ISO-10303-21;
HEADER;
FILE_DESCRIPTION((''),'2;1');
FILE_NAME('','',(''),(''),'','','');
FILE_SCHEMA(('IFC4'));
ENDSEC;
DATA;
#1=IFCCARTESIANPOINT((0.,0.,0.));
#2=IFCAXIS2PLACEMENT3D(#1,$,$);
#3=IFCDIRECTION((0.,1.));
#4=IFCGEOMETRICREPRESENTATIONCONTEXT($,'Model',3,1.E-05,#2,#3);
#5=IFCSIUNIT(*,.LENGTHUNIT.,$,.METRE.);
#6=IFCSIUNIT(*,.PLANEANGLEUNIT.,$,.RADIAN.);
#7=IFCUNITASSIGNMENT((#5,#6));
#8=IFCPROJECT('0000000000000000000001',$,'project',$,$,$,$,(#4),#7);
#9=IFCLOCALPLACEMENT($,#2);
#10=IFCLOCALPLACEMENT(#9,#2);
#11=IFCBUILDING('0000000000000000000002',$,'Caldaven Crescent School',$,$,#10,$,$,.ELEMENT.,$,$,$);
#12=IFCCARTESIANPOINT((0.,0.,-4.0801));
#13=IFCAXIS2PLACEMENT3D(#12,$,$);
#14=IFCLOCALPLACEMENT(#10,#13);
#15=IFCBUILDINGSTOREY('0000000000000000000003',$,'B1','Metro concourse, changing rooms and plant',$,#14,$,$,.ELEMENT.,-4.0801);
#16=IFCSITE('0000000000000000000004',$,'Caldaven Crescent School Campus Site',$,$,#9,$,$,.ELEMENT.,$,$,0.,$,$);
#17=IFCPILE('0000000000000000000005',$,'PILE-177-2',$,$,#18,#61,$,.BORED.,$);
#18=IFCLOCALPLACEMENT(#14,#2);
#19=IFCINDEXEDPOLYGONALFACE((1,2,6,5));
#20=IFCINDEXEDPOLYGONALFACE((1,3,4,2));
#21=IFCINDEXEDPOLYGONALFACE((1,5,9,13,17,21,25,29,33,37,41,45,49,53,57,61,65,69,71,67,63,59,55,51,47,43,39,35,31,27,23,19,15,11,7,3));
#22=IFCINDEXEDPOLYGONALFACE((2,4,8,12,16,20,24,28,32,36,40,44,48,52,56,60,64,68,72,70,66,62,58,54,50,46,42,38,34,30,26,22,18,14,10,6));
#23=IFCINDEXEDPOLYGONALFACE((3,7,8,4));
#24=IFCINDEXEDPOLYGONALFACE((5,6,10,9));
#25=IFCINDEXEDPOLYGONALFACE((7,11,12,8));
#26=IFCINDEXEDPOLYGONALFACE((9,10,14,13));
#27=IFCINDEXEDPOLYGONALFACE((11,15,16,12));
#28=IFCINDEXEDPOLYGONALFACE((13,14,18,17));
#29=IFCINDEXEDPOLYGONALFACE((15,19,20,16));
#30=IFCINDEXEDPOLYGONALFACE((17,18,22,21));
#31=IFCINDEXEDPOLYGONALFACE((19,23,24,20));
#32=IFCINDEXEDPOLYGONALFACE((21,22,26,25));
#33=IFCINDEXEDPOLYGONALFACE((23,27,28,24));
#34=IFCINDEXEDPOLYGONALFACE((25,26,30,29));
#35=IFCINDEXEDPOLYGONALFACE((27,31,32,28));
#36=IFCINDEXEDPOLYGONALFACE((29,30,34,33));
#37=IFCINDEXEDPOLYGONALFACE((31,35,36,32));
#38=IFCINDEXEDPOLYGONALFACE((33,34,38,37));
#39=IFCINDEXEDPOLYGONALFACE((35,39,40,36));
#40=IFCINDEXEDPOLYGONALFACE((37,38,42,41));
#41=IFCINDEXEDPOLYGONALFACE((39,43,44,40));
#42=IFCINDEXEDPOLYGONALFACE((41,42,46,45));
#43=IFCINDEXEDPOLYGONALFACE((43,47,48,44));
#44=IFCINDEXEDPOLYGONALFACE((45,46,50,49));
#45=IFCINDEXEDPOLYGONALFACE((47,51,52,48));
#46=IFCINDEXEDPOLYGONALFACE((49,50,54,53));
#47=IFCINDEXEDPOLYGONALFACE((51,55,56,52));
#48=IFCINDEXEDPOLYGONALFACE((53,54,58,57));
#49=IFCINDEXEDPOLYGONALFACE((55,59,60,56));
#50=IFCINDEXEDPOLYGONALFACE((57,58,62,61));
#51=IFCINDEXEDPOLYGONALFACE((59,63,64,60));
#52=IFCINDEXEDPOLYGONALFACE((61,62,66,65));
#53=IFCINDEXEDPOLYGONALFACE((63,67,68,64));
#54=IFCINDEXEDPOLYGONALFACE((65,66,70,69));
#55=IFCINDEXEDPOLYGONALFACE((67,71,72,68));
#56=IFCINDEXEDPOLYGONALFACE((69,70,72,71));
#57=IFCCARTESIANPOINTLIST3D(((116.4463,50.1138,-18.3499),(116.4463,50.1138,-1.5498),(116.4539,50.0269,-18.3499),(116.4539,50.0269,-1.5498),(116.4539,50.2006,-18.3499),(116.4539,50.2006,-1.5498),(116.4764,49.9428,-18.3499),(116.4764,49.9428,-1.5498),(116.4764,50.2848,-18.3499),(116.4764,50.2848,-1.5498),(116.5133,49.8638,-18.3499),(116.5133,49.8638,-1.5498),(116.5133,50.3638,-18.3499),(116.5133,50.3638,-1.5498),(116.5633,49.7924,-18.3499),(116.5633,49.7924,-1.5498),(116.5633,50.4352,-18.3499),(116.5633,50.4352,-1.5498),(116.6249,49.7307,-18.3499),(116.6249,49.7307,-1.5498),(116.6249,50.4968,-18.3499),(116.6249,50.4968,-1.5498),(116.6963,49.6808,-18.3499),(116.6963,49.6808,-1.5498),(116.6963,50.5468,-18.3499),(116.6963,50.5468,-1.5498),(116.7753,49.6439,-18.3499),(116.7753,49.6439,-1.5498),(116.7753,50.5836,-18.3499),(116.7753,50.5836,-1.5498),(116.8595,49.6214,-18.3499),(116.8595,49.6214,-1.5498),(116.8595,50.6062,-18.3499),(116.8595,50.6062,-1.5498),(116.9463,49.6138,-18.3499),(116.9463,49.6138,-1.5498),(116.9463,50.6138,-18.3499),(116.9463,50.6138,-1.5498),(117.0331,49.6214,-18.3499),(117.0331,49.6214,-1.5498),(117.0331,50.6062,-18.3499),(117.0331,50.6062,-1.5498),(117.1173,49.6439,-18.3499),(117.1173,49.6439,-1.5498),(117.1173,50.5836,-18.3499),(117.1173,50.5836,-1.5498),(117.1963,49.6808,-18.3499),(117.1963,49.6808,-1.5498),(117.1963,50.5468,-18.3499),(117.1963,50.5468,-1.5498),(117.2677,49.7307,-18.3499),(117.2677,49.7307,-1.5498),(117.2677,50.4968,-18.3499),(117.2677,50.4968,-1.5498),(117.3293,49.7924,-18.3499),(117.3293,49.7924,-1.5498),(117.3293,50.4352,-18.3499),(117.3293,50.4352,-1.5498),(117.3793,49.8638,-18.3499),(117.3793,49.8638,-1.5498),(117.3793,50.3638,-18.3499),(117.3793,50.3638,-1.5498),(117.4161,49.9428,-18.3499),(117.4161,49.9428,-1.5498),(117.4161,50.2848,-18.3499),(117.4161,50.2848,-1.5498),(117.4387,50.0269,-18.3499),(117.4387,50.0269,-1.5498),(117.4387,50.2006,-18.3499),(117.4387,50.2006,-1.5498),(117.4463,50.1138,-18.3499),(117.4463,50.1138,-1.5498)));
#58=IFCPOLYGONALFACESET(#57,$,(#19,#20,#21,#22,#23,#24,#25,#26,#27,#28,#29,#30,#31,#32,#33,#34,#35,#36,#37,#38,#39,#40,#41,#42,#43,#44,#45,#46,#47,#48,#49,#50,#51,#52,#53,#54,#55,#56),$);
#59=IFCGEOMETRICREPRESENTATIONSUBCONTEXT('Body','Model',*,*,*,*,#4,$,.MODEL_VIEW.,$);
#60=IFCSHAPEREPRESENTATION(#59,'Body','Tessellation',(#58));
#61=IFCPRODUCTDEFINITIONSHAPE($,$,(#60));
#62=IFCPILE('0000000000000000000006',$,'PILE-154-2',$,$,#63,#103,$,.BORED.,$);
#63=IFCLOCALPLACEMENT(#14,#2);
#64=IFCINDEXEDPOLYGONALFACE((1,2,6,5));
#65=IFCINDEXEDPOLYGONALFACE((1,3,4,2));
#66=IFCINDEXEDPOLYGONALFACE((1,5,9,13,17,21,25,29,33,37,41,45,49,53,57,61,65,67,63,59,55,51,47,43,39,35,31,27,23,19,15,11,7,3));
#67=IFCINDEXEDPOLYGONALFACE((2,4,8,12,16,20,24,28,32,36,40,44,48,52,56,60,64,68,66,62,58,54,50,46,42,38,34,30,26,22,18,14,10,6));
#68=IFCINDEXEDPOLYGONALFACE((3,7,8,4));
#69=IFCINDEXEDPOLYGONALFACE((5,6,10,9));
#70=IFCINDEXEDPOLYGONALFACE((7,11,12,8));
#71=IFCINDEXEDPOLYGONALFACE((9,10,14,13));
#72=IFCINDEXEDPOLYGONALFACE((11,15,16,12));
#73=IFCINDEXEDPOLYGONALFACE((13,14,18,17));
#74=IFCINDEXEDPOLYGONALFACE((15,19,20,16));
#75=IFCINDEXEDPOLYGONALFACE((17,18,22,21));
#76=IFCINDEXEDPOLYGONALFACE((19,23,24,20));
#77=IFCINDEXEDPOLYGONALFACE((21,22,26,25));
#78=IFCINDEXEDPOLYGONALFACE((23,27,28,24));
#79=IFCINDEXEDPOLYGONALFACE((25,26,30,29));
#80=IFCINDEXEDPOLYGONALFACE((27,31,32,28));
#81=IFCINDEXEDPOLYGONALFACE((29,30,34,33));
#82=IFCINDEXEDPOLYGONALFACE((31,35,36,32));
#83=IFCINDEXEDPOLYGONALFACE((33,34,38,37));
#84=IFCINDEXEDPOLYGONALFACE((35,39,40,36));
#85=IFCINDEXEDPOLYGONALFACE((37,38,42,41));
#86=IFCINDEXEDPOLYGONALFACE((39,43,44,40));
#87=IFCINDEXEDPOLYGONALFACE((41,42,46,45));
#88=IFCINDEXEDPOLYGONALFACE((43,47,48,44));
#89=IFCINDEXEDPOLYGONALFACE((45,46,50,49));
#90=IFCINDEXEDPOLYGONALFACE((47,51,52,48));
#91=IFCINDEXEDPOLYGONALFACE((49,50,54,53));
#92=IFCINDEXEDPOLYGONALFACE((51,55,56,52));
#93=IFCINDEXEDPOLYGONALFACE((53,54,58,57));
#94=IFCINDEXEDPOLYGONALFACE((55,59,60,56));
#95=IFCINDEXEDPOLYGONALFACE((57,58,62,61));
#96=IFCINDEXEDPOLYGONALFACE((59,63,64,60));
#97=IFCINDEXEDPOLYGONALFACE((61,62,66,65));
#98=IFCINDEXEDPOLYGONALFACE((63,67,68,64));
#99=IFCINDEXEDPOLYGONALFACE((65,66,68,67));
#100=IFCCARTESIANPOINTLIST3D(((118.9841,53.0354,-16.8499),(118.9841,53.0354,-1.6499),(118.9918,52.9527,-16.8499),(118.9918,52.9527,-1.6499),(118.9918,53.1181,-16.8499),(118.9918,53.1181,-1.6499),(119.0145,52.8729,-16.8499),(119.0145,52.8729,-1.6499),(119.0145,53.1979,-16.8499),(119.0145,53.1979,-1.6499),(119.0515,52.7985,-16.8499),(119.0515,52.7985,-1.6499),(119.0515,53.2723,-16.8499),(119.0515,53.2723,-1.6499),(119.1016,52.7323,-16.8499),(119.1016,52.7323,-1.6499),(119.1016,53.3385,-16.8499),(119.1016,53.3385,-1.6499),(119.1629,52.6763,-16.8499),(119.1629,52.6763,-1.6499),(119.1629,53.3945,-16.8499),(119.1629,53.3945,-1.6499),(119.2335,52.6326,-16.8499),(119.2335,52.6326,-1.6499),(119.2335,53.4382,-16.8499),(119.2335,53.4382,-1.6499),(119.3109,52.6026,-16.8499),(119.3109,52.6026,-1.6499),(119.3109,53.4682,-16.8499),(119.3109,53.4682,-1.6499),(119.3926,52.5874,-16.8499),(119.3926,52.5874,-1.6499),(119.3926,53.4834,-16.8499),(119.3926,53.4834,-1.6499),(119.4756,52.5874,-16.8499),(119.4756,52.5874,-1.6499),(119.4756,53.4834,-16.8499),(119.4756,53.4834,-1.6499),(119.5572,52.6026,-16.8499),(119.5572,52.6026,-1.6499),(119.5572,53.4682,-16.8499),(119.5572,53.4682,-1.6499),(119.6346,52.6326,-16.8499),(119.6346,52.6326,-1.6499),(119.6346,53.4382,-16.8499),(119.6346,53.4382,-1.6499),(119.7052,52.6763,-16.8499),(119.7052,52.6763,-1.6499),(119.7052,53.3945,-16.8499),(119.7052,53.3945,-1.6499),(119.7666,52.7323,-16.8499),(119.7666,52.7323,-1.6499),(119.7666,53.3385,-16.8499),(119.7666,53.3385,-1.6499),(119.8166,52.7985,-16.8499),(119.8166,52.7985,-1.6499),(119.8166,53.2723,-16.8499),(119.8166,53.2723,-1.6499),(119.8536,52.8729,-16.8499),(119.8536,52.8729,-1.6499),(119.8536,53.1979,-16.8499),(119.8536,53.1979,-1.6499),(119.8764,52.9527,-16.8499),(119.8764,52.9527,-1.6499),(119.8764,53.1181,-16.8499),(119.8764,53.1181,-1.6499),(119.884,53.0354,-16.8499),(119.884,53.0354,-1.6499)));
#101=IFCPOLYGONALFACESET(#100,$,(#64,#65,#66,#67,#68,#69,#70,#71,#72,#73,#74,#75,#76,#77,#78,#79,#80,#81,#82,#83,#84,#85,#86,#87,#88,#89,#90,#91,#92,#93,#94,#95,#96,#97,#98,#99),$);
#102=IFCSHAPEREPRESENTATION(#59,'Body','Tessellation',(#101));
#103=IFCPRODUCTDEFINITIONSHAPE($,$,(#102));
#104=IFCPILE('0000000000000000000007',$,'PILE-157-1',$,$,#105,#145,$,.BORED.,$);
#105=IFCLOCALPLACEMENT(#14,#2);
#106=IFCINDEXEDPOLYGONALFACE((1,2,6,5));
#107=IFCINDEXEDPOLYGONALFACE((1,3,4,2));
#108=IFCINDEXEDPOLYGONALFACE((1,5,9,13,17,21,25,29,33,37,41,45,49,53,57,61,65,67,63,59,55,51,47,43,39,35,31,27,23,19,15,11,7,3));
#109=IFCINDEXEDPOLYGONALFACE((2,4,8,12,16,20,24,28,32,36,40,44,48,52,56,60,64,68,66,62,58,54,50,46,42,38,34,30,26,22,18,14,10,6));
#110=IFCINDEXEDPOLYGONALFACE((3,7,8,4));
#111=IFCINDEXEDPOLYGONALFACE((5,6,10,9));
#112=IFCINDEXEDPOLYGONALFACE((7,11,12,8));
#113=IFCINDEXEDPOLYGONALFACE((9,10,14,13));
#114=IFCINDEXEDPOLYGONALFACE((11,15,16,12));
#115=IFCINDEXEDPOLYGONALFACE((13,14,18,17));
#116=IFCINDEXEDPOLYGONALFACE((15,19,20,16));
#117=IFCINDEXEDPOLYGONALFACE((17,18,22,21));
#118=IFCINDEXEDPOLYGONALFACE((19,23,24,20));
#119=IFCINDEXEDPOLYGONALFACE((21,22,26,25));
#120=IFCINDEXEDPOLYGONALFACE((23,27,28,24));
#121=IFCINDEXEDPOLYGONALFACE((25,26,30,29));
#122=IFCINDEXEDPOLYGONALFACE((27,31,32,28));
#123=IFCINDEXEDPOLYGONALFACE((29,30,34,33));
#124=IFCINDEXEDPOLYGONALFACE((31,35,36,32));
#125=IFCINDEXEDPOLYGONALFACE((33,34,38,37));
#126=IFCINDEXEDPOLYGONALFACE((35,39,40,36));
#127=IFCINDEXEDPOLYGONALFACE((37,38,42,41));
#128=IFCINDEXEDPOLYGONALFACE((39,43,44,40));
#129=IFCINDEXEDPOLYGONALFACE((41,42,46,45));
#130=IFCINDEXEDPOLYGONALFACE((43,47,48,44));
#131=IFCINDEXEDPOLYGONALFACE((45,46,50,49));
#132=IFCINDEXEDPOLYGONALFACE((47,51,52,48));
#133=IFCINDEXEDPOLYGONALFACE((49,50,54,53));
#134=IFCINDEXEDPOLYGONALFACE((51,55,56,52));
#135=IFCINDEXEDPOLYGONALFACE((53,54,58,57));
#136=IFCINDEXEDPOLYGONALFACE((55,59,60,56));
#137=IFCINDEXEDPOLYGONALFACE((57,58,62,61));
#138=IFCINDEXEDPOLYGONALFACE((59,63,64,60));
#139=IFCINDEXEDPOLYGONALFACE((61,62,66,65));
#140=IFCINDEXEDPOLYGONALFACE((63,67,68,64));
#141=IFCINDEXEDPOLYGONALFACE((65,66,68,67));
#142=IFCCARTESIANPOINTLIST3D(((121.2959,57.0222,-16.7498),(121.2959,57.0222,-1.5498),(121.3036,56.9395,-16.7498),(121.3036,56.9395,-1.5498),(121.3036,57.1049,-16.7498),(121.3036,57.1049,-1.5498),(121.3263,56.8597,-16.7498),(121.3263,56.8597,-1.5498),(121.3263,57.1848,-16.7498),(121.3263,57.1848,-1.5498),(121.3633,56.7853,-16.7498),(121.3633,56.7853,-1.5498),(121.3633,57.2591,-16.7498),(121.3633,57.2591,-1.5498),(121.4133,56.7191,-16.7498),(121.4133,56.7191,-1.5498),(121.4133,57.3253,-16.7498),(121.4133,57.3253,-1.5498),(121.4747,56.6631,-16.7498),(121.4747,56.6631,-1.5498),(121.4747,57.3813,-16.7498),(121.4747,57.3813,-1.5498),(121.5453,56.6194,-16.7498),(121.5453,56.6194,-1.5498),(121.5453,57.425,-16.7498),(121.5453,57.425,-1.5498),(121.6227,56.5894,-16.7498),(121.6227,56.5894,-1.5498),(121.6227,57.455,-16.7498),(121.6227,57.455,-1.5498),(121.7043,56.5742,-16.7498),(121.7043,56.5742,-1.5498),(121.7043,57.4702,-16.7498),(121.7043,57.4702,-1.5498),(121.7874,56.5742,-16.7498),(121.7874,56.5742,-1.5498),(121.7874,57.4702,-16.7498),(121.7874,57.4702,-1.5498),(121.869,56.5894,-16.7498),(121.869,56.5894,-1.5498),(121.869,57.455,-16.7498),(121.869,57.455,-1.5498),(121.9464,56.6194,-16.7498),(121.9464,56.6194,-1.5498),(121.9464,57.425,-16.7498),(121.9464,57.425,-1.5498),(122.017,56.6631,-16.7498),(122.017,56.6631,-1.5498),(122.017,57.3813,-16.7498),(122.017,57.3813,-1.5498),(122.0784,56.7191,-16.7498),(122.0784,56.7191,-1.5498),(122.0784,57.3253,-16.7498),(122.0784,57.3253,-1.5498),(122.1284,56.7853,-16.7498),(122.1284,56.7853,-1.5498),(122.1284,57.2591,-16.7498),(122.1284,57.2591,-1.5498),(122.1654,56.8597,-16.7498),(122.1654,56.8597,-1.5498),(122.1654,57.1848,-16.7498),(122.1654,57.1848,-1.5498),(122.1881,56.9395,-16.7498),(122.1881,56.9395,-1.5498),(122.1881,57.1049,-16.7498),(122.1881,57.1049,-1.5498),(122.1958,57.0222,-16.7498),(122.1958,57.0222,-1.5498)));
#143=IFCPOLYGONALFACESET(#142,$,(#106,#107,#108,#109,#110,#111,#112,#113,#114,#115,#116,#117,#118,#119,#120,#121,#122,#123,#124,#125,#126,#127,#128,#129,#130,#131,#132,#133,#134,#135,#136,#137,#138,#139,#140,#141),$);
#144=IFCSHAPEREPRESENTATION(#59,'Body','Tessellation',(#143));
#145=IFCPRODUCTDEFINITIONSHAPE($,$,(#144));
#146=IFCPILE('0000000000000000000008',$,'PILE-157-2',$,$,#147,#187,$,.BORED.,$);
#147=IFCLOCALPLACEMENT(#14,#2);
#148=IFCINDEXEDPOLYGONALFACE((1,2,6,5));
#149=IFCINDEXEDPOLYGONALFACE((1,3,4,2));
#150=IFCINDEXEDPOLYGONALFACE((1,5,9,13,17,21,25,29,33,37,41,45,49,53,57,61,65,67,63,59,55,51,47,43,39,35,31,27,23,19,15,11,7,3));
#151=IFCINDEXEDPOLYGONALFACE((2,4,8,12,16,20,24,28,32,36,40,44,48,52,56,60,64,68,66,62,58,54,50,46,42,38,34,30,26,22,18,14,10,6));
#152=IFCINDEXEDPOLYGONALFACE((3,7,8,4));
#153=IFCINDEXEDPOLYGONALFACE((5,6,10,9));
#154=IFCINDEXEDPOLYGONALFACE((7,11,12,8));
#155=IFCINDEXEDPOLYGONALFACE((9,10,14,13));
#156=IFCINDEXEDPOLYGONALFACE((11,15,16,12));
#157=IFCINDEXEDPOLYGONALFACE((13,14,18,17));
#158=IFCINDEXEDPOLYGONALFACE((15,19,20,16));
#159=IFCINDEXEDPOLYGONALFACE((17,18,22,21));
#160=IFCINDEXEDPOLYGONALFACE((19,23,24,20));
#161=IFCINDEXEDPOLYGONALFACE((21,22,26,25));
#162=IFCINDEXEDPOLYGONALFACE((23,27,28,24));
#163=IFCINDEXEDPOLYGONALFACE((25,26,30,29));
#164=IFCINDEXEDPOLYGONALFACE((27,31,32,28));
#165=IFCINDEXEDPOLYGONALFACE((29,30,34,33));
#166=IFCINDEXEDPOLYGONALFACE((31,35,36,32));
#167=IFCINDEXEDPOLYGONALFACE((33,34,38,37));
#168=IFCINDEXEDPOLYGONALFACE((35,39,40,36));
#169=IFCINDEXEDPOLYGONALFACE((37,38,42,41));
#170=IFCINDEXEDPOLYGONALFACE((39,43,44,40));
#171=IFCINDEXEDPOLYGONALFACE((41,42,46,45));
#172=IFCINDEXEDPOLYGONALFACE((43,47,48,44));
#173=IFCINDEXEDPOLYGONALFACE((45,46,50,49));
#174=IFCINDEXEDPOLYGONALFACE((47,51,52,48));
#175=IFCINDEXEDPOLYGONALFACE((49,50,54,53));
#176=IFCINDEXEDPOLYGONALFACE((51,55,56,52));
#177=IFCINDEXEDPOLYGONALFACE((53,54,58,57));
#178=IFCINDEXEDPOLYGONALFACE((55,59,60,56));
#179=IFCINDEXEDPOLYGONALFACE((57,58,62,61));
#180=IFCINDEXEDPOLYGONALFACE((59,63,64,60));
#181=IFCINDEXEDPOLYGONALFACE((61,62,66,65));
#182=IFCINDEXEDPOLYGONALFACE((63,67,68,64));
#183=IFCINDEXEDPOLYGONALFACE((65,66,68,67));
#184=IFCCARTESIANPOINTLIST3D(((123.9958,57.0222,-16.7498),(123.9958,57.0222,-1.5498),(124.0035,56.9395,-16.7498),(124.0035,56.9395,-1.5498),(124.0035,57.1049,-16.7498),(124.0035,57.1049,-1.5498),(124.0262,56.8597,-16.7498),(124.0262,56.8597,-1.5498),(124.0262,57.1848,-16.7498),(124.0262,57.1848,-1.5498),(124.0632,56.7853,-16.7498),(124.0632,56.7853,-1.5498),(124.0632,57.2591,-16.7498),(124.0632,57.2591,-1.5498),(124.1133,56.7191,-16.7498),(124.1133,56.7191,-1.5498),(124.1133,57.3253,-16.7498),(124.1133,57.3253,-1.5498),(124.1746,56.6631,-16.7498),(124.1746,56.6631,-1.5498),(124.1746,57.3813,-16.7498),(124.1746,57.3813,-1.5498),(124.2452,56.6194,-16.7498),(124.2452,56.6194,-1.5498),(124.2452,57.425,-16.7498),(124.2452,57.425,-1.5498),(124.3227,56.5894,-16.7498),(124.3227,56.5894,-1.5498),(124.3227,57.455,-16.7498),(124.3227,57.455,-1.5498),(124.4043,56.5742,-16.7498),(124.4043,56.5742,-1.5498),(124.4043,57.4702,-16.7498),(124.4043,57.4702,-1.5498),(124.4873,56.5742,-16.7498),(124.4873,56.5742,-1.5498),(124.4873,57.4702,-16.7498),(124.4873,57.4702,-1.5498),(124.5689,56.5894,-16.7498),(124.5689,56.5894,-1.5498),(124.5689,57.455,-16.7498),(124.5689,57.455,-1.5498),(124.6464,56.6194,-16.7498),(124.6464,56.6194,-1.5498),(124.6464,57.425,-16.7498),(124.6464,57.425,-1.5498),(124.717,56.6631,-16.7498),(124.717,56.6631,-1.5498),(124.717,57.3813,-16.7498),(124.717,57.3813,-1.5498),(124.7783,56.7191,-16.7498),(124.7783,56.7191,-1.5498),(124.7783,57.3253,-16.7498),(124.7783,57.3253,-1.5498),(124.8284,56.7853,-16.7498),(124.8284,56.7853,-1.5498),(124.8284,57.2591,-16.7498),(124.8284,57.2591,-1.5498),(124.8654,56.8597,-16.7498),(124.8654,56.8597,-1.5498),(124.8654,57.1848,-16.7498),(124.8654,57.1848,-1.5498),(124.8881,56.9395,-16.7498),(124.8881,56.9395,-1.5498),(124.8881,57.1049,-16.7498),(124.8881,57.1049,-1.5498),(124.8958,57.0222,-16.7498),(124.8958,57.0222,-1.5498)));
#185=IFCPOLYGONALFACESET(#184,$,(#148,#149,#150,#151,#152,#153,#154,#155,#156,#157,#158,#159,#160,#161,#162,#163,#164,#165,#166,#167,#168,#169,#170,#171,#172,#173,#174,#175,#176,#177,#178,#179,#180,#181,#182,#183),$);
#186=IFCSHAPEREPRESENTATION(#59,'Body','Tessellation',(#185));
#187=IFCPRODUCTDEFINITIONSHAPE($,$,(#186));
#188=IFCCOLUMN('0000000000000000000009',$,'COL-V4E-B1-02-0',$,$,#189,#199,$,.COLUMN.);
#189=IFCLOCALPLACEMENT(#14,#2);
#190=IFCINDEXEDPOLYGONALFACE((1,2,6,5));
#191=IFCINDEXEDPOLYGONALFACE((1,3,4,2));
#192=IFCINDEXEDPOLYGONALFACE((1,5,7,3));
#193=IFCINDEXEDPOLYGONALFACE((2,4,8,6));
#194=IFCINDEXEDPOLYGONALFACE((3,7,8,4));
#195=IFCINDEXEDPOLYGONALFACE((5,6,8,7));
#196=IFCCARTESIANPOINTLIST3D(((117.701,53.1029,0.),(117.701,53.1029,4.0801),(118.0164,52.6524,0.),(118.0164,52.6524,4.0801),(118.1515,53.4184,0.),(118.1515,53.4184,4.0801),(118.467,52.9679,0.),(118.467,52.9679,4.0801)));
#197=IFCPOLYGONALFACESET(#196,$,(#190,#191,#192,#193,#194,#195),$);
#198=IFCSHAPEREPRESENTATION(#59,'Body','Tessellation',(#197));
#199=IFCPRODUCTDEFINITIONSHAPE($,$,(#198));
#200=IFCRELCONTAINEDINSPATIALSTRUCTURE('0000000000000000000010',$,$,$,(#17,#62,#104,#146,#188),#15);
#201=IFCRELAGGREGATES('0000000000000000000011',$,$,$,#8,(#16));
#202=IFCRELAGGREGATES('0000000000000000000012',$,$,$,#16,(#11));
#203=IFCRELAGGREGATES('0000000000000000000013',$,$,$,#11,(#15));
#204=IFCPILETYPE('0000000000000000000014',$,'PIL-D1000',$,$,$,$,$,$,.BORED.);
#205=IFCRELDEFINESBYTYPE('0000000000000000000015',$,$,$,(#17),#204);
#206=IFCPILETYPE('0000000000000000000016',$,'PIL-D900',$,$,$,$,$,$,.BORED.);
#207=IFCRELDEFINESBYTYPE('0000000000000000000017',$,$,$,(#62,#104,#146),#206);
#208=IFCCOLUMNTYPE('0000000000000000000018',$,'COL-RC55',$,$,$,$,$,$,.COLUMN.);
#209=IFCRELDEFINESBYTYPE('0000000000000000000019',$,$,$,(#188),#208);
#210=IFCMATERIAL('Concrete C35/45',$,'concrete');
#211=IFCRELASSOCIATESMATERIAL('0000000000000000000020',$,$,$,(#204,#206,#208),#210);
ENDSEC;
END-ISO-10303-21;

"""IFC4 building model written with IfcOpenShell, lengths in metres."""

from ifc_helpers import new_model, si_unit, direction, frame, origin, origin_2d, place, context, subcontext, project, spatial, rectangle, circle, extrude, material, material_profile, profile_set, type_object, element, save


model = new_model("IFC4")

# Units and contexts
model_context = context("Model", 3, precision=1e-05, world=origin(), true_north=direction((0.0, 1.0)))
body_context = subcontext(model_context, "Body", "Model", "MODEL_VIEW")
ifc_project = project(units=[si_unit("LENGTHUNIT", "METRE"), si_unit("PLANEANGLEUNIT", "RADIAN")], contexts=[model_context])

# Site, building, storey
site_placement = place(None, origin())
site = spatial("IfcSite", under=ifc_project, at=site_placement, Name="Caldaven Crescent School Campus Site", CompositionType="ELEMENT", RefElevation=0.0)
building_placement = place(site_placement, origin())
building = spatial("IfcBuilding", under=site, at=building_placement, Name="Caldaven Crescent School", CompositionType="ELEMENT")
storey_placement = place(building_placement, frame((0.0, 0.0, -4.0801)))
storey = spatial("IfcBuildingStorey", under=building, at=storey_placement, Name="B1", Description="Metro concourse, changing rooms and plant", CompositionType="ELEMENT", Elevation=-4.0801)

# Shared definitions
ifc_material_1 = material(Name="Concrete C35/45", Category="concrete")

# Piles
ifc_material_profile_1 = material_profile(ifc_material_1, circle(Radius=0.5, at=origin_2d()), Name="PILE D1000")
ifc_profile_set_1 = profile_set([ifc_material_profile_1], Name="Concrete C35/45")
pile_type_1 = type_object("IfcPileType", Name="PIL-D1000", PredefinedType="BORED", material=ifc_profile_set_1)
for number, where, z_axis, x_axis, name in (
    (1, (116.9463, 50.1138, -1.5498), (0.0, 0.0, -1.0), (1.0, 0.0, 0.0), "PILE-177-2"),
):
    element("IfcPile", number, at=place(storey_placement, frame(where, z_axis=z_axis, x_axis=x_axis)), inside=storey, type_object=pile_type_1, Name=name, PredefinedType="BORED", context=body_context, shape_type="SweptSolid", body=[
        extrude(circle(Radius=0.5, at=origin_2d()), origin(), (0.0, 0.0, 1.0), 16.8),
    ])
ifc_material_profile_2 = material_profile(ifc_material_1, circle(Radius=0.45, at=origin_2d()), Name="PILE D900")
ifc_profile_set_2 = profile_set([ifc_material_profile_2], Name="Concrete C35/45")
pile_type_2 = type_object("IfcPileType", Name="PIL-D900", PredefinedType="BORED", material=ifc_profile_set_2)
for number, where, z_axis, x_axis, name in (
    (2, (119.4341, 53.0354, -1.6499), (0.0, 0.0, -1.0), (1.0, 0.0, 0.0), "PILE-154-2"),
    (3, (121.7458, 57.0222, -1.5498), (0.0, 0.0, -1.0), (1.0, 0.0, 0.0), "PILE-157-1"),
    (4, (124.4458, 57.0222, -1.5498), (0.0, 0.0, -1.0), (1.0, 0.0, 0.0), "PILE-157-2"),
):
    element("IfcPile", number, at=place(storey_placement, frame(where, z_axis=z_axis, x_axis=x_axis)), inside=storey, type_object=pile_type_2, Name=name, PredefinedType="BORED", context=body_context, shape_type="SweptSolid", body=[
        extrude(circle(Radius=0.45, at=origin_2d()), origin(), (0.0, 0.0, 1.0), 15.2),
    ])

# Column
ifc_material_profile_3 = material_profile(ifc_material_1, rectangle(XDim=0.55, YDim=0.55, at=origin_2d()), Name="RC 550x550")
ifc_profile_set_3 = profile_set([ifc_material_profile_3], Name="Concrete C35/45")
column_type = type_object("IfcColumnType", Name="COL-RC55", PredefinedType="COLUMN", material=ifc_profile_set_3)
for number, where, z_axis, x_axis, name in (
    (5, (118.084, 53.0354, 0.0), (0.0, 0.0, 1.0), (0.573576, -0.819152, 0.0), "COL-V4E-B1-02-0"),
):
    element("IfcColumn", number, at=place(storey_placement, frame(where, z_axis=z_axis, x_axis=x_axis)), inside=storey, type_object=column_type, Name=name, PredefinedType="COLUMN", context=body_context, shape_type="SweptSolid", body=[
        extrude(rectangle(XDim=0.55, YDim=0.55, at=origin_2d()), origin(), (0.0, 0.0, 1.0), 4.0801),
    ])

save(model, "model.ifc")
